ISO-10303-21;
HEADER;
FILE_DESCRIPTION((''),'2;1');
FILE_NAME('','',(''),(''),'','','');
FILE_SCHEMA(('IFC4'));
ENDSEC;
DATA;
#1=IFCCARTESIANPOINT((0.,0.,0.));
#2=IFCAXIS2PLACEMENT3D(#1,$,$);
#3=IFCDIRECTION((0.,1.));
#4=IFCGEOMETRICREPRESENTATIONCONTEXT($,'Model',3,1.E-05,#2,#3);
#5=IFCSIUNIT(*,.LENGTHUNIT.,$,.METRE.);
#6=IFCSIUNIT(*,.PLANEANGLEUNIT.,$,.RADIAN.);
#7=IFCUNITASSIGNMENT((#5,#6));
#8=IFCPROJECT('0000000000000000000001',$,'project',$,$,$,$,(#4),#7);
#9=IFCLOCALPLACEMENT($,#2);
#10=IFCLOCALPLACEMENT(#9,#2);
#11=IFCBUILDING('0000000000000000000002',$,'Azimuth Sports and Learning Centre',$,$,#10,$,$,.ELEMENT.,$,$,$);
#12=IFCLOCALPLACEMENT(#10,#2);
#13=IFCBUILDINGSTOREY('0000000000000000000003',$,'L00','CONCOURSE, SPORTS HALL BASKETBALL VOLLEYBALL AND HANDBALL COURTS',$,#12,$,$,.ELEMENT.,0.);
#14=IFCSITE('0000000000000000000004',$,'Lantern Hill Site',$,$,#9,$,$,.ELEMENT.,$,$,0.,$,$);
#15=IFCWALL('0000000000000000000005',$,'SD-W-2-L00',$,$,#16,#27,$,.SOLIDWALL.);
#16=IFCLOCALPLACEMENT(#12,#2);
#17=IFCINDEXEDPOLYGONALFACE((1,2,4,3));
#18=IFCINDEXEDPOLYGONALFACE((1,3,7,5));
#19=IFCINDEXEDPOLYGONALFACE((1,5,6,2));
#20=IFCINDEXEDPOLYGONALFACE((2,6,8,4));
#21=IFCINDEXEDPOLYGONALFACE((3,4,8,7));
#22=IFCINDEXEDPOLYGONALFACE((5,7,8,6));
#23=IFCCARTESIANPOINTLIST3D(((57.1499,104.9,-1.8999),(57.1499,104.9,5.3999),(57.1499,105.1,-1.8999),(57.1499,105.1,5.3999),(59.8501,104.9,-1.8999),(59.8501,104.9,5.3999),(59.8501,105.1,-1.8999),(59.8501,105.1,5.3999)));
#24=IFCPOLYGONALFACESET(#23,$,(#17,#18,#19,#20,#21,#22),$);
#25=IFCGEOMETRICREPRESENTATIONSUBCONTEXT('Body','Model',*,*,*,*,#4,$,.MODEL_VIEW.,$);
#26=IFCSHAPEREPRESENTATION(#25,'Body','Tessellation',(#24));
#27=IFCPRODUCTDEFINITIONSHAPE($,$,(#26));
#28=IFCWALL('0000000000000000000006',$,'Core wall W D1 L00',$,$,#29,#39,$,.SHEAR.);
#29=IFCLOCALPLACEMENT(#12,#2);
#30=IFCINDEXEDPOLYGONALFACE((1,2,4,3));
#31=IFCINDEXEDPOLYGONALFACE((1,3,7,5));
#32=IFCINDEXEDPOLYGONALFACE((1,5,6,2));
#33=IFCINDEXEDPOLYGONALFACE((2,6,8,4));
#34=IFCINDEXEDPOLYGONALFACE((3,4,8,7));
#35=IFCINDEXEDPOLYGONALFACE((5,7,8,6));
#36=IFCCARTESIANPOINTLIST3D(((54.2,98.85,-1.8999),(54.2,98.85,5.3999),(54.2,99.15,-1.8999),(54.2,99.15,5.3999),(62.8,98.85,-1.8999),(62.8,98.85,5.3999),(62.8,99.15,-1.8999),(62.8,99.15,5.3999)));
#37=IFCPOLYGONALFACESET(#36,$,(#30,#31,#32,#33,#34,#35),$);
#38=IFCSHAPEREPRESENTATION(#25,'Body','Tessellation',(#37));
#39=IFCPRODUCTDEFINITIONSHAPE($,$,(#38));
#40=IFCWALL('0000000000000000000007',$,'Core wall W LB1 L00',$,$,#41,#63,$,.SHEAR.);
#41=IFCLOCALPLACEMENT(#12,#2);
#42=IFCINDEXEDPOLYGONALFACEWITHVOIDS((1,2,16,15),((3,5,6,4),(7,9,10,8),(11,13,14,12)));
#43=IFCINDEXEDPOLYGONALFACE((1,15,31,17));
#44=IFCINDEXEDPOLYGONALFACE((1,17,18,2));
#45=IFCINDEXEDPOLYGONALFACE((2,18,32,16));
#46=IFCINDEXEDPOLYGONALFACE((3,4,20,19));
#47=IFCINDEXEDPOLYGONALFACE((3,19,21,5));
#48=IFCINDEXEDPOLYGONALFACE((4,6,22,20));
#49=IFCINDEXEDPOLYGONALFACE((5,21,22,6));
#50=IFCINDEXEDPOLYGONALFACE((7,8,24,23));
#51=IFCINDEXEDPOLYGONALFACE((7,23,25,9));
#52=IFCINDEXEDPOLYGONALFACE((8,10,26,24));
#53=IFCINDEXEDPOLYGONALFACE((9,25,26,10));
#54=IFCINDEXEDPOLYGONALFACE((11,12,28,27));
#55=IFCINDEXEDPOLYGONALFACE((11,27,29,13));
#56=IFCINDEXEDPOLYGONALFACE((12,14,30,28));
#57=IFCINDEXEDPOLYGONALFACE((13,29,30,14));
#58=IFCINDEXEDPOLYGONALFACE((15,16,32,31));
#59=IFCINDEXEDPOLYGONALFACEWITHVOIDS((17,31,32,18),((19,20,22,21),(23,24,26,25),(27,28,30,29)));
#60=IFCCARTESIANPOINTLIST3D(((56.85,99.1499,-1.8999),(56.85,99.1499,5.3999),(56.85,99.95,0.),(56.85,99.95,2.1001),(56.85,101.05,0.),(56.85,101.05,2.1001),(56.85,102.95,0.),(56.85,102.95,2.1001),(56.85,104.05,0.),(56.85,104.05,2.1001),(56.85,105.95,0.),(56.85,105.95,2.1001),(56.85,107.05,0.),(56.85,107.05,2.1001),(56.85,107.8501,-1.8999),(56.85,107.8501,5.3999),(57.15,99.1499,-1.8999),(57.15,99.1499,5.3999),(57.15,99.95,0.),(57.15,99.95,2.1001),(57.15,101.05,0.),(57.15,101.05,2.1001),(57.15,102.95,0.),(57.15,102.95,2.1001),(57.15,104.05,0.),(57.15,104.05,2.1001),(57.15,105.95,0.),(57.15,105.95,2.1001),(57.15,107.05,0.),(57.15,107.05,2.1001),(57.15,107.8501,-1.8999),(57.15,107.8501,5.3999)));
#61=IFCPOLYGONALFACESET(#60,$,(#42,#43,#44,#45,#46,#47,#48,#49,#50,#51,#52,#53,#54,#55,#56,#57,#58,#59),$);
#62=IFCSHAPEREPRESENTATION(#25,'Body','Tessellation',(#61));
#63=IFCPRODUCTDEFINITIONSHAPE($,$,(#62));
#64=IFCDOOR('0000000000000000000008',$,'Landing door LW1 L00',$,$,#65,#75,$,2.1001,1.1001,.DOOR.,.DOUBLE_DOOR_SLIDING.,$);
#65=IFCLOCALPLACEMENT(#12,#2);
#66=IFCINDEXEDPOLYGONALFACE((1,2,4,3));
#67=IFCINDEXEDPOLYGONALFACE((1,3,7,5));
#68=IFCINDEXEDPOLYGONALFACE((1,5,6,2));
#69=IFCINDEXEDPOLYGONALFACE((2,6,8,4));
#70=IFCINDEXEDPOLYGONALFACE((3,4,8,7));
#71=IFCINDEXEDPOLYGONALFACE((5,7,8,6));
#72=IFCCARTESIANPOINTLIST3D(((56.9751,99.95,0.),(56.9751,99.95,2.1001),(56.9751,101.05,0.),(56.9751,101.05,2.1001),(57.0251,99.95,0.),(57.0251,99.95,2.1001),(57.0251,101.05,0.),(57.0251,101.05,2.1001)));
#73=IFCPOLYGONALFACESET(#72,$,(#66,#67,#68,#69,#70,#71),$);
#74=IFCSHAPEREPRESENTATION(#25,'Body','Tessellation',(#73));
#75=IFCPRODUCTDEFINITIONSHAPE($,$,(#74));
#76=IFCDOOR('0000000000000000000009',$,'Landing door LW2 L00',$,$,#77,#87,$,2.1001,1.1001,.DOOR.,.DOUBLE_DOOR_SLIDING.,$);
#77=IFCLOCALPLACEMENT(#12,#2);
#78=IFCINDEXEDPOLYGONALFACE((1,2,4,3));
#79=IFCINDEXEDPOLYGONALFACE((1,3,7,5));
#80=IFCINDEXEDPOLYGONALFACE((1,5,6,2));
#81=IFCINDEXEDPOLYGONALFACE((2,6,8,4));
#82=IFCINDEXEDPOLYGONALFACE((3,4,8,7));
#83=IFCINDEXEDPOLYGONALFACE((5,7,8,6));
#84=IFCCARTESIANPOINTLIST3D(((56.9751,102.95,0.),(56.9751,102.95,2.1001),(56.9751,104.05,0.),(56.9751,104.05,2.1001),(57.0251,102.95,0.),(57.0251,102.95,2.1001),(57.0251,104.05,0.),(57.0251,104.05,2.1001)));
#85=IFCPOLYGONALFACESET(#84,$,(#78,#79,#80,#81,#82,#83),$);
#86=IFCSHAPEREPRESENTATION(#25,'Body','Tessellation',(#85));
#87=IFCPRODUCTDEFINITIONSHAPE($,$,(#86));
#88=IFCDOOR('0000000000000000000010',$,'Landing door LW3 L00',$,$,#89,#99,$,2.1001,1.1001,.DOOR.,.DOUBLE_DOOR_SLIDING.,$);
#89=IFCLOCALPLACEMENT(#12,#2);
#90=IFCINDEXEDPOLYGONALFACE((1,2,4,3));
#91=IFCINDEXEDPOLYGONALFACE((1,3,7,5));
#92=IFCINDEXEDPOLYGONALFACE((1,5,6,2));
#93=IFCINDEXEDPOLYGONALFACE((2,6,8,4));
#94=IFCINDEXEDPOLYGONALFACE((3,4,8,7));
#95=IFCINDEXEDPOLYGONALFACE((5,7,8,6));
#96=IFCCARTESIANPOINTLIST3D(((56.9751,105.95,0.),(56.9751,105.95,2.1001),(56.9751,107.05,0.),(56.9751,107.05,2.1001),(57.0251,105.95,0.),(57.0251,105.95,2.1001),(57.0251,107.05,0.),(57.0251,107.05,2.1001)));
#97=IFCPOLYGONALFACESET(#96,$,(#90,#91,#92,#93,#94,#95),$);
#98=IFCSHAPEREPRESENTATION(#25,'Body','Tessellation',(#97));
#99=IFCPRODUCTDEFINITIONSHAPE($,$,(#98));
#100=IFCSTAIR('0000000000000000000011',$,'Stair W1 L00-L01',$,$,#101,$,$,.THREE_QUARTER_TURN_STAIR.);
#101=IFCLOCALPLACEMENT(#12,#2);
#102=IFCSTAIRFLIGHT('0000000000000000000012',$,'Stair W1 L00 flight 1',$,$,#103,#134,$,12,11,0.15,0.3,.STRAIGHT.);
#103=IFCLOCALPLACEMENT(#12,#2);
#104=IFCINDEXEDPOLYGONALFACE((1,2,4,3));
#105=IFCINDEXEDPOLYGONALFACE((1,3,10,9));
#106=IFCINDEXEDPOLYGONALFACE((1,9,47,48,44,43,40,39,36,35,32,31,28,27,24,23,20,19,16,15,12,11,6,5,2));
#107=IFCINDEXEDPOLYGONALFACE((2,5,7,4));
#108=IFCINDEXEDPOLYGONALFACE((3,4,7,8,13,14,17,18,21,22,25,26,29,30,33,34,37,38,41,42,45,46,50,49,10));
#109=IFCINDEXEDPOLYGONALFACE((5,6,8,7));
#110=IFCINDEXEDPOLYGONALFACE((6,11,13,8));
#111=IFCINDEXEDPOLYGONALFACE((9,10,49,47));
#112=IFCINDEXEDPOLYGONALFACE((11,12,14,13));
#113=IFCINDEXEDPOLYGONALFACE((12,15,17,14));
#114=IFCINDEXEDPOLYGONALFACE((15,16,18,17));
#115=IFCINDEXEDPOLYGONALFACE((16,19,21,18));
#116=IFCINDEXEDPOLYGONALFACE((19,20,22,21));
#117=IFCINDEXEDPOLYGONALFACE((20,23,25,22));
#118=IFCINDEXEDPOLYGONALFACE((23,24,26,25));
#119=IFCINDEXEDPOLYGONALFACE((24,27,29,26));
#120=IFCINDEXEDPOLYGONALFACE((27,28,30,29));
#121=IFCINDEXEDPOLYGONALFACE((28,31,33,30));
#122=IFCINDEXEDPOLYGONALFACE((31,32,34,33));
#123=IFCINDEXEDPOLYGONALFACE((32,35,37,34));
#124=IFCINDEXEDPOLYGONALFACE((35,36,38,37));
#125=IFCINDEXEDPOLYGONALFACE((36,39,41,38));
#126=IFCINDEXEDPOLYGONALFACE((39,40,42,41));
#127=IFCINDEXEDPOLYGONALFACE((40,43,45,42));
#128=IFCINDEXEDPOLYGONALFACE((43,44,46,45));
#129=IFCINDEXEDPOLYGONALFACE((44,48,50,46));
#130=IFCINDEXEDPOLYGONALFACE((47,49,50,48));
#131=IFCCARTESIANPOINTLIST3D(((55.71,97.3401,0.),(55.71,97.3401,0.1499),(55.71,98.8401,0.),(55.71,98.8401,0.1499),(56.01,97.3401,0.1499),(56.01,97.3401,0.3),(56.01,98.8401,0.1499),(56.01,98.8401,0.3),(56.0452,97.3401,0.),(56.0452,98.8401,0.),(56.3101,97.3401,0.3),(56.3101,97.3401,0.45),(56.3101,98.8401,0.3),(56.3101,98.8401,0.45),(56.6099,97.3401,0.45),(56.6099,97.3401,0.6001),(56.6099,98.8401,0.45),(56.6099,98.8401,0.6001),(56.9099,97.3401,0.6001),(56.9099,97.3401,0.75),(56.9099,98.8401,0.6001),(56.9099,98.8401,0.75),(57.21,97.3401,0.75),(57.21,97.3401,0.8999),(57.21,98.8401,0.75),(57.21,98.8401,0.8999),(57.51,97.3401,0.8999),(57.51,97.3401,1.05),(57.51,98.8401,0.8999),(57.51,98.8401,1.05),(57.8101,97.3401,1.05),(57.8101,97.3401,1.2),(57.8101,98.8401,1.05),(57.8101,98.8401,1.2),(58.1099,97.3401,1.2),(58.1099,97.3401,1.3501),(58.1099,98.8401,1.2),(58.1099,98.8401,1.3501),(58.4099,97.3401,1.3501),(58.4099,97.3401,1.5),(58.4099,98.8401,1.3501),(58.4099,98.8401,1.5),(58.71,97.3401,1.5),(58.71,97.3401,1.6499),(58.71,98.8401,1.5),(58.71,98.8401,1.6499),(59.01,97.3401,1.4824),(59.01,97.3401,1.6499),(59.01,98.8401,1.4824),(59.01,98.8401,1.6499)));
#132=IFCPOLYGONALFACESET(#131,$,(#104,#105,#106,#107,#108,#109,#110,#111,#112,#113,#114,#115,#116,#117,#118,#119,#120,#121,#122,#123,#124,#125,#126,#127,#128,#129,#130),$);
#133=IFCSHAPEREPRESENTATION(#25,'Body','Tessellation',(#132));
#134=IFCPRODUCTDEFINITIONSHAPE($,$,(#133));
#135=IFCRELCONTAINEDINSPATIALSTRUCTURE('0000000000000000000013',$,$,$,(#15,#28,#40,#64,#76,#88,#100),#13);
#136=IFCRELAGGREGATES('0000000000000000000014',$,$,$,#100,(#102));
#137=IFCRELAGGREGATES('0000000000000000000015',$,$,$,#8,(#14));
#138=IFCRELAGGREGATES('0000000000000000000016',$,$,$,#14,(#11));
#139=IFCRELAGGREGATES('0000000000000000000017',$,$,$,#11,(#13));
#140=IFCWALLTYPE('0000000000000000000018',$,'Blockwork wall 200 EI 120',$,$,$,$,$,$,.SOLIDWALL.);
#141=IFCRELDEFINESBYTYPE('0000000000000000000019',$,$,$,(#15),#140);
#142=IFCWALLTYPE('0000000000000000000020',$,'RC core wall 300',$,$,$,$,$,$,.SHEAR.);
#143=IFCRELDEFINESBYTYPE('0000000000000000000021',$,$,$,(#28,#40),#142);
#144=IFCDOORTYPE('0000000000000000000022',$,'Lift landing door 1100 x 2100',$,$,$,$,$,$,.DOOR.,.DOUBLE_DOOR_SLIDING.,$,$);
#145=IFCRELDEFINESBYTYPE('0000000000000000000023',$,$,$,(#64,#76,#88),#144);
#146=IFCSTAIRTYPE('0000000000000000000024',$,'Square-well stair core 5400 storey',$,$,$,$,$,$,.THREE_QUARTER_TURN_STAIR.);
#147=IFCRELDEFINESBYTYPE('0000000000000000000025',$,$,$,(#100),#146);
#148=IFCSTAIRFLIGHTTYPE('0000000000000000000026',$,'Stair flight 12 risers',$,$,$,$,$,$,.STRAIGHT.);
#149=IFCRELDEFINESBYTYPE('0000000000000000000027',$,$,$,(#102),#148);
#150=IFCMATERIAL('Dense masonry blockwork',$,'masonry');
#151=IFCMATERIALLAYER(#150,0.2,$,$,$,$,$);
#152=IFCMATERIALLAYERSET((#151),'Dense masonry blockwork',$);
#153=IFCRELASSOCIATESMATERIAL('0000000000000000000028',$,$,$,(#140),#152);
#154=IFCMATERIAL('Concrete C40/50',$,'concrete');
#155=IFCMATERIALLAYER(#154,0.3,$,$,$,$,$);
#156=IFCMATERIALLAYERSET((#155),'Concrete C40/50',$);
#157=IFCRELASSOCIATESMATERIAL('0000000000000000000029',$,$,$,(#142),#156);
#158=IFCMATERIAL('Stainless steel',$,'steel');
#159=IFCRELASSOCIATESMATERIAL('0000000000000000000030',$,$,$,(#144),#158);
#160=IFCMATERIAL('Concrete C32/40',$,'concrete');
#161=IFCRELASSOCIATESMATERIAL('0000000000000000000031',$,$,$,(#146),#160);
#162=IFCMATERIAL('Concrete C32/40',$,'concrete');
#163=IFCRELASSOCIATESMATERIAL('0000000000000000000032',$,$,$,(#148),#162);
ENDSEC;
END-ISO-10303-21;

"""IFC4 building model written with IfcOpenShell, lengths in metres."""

from ifc_helpers import new_model, si_unit, direction, frame, frame_2d, origin, place, context, subcontext, project, spatial, polyline, rectangle, outline, extrude, material, layer, layer_set, type_object, element, fill, aggregate, save


model = new_model("IFC4")

# Units and contexts
model_context = context("Model", 3, precision=1e-05, world=origin(), true_north=direction((0.0, 1.0)))
body_context = subcontext(model_context, "Body", "Model", "MODEL_VIEW")
ifc_project = project(units=[si_unit("LENGTHUNIT", "METRE"), si_unit("PLANEANGLEUNIT", "RADIAN")], contexts=[model_context])

# Site, building, storey
site_placement = place(None, origin())
site = spatial("IfcSite", under=ifc_project, at=site_placement, Name="Lantern Hill Site", CompositionType="ELEMENT", RefElevation=0.0)
building_placement = place(site_placement, origin())
building = spatial("IfcBuilding", under=site, at=building_placement, Name="Azimuth Sports and Learning Centre", CompositionType="ELEMENT")
storey_placement = place(building_placement, origin())
storey = spatial("IfcBuildingStorey", under=building, at=storey_placement, Name="L00", Description="CONCOURSE, SPORTS HALL BASKETBALL VOLLEYBALL AND HANDBALL COURTS", CompositionType="ELEMENT", Elevation=0.0)

# Walls
ifc_material_1 = material(Name="Dense masonry blockwork", Category="masonry")
ifc_layer_1 = layer(ifc_material_1, 0.2)
ifc_layer_set_1 = layer_set([ifc_layer_1], Name="Dense masonry blockwork")
wall_type_1 = type_object("IfcWallType", Name="Blockwork wall 200 EI 120", PredefinedType="SOLIDWALL", material=ifc_layer_set_1)
for number, where, z_axis, x_axis, name in (
    (1, (57.1499, 105.0, -1.8999), (0.0, 0.0, 1.0), (1.0, 0.0, 0.0), "SD-W-2-L00"),
):
    element("IfcWall", number, at=place(storey_placement, frame(where, z_axis=z_axis, x_axis=x_axis)), inside=storey, type_object=wall_type_1, Name=name, PredefinedType="SOLIDWALL", context=body_context, shape_type="SweptSolid", body=[
        extrude(rectangle(XDim=2.7002, YDim=0.2, at=frame_2d((1.3501, 0.0))), origin(), (0.0, 0.0, 1.0), 7.2998),
    ])
ifc_material_2 = material(Name="Concrete C40/50", Category="concrete")
ifc_layer_2 = layer(ifc_material_2, 0.3)
ifc_layer_set_2 = layer_set([ifc_layer_2], Name="Concrete C40/50")
wall_type_2 = type_object("IfcWallType", Name="RC core wall 300", PredefinedType="SHEAR", material=ifc_layer_set_2)
wall_1_placement = place(storey_placement, frame((54.2, 99.0, -1.8999), z_axis=(0.0, 0.0, 1.0), x_axis=(1.0, 0.0, 0.0)))
element("IfcWall", 2, at=wall_1_placement, inside=storey, type_object=wall_type_2, Name="Core wall W D1 L00", PredefinedType="SHEAR", context=body_context, shape_type="SweptSolid", body=[
    extrude(rectangle(XDim=8.6001, YDim=0.3, at=frame_2d((4.3, 0.0))), origin(), (0.0, 0.0, 1.0), 7.2998),
])

# Wall, openings, doors
wall_2_placement = place(storey_placement, frame((57.0, 99.1499, -1.8999), z_axis=(0.0, 0.0, 1.0), x_axis=(0.0, 1.0, 0.0)))
wall_2 = element("IfcWall", 3, at=wall_2_placement, inside=storey, type_object=wall_type_2, Name="Core wall W LB1 L00", PredefinedType="SHEAR", context=body_context, shape_type="SweptSolid", body=[
    extrude(rectangle(XDim=8.7002, YDim=0.3, at=frame_2d((4.3501, 0.0))), origin(), (0.0, 0.0, 1.0), 7.2998),
])
opening_1_placement = place(wall_2_placement, frame((0.8, 0.0, 1.8999)))
opening_1 = element("IfcOpeningElement", 4, at=opening_1_placement, cuts=wall_2, PredefinedType="OPENING", context=body_context, shape_type="SweptSolid", body=[
    extrude(rectangle(XDim=1.1001, YDim=2.1001, at=frame_2d((0.55, 1.05))), frame((0.0, 0.1611, 0.0), z_axis=(0.0, -1.0, 0.0), x_axis=(1.0, 0.0, 0.0)), (0.0, 0.0, 1.0), 0.322),
])
opening_2_placement = place(wall_2_placement, frame((3.8, 0.0, 1.8999)))
opening_2 = element("IfcOpeningElement", 5, at=opening_2_placement, cuts=wall_2, PredefinedType="OPENING", context=body_context, shape_type="SweptSolid", body=[
    extrude(rectangle(XDim=1.1001, YDim=2.1001, at=frame_2d((0.55, 1.05))), frame((0.0, 0.1611, 0.0), z_axis=(0.0, -1.0, 0.0), x_axis=(1.0, 0.0, 0.0)), (0.0, 0.0, 1.0), 0.322),
])
opening_3_placement = place(wall_2_placement, frame((6.8, 0.0, 1.8999)))
opening_3 = element("IfcOpeningElement", 6, at=opening_3_placement, cuts=wall_2, PredefinedType="OPENING", context=body_context, shape_type="SweptSolid", body=[
    extrude(rectangle(XDim=1.1001, YDim=2.1001, at=frame_2d((0.55, 1.05))), frame((0.0, 0.1611, 0.0), z_axis=(0.0, -1.0, 0.0), x_axis=(1.0, 0.0, 0.0)), (0.0, 0.0, 1.0), 0.322),
])
ifc_material_3 = material(Name="Stainless steel", Category="steel")
door_type = type_object("IfcDoorType", Name="Lift landing door 1100 x 2100", OperationType="DOUBLE_DOOR_SLIDING", PredefinedType="DOOR", material=ifc_material_3)
door_1_placement = place(opening_1_placement, origin())
door_1 = element("IfcDoor", 7, at=door_1_placement, inside=storey, type_object=door_type, Name="Landing door LW1 L00", OperationType="DOUBLE_DOOR_SLIDING", OverallHeight=2.1001, OverallWidth=1.1001, PredefinedType="DOOR", context=body_context, shape_type="SweptSolid", body=[
    extrude(rectangle(XDim=1.1001, YDim=2.1001, at=frame_2d((0.55, 1.05))), frame((0.0, 0.0249, 0.0), z_axis=(0.0, -1.0, 0.0), x_axis=(1.0, 0.0, 0.0)), (0.0, 0.0, 1.0), 0.05),
])
fill(opening_1, door_1)
door_2_placement = place(opening_2_placement, origin())
door_2 = element("IfcDoor", 8, at=door_2_placement, inside=storey, type_object=door_type, Name="Landing door LW2 L00", OperationType="DOUBLE_DOOR_SLIDING", OverallHeight=2.1001, OverallWidth=1.1001, PredefinedType="DOOR", context=body_context, shape_type="SweptSolid", body=[
    extrude(rectangle(XDim=1.1001, YDim=2.1001, at=frame_2d((0.55, 1.05))), frame((0.0, 0.0249, 0.0), z_axis=(0.0, -1.0, 0.0), x_axis=(1.0, 0.0, 0.0)), (0.0, 0.0, 1.0), 0.05),
])
fill(opening_2, door_2)
door_3_placement = place(opening_3_placement, origin())
door_3 = element("IfcDoor", 9, at=door_3_placement, inside=storey, type_object=door_type, Name="Landing door LW3 L00", OperationType="DOUBLE_DOOR_SLIDING", OverallHeight=2.1001, OverallWidth=1.1001, PredefinedType="DOOR", context=body_context, shape_type="SweptSolid", body=[
    extrude(rectangle(XDim=1.1001, YDim=2.1001, at=frame_2d((0.55, 1.05))), frame((0.0, 0.0249, 0.0), z_axis=(0.0, -1.0, 0.0), x_axis=(1.0, 0.0, 0.0)), (0.0, 0.0, 1.0), 0.05),
])
fill(opening_3, door_3)

# Stair, stair flight
ifc_material_4 = material(Name="Concrete C32/40", Category="concrete")
stair_type = type_object("IfcStairType", Name="Square-well stair core 5400 storey", PredefinedType="THREE_QUARTER_TURN_STAIR", material=ifc_material_4)
stair_placement = place(storey_placement, origin())
stair = element("IfcStair", 10, at=stair_placement, inside=storey, type_object=stair_type, Name="Stair W1 L00-L01", PredefinedType="THREE_QUARTER_TURN_STAIR")
ifc_material_5 = material(Name="Concrete C32/40", Category="concrete")
stair_flight_type = type_object("IfcStairFlightType", Name="Stair flight 12 risers", PredefinedType="STRAIGHT", material=ifc_material_5)
stair_flight_placement = place(storey_placement, frame((55.71, 98.0901, 0.0), z_axis=(0.0, 0.0, 1.0), x_axis=(1.0, 0.0, 0.0)))
stair_flight = element("IfcStairFlight", 11, at=stair_flight_placement, type_object=stair_flight_type, Name="Stair W1 L00 flight 1", NumberOfRisers=12, NumberOfTreads=11, PredefinedType="STRAIGHT", RiserHeight=0.15, TreadLength=0.3, context=body_context, shape_type="SweptSolid", body=[
    extrude(outline(polyline([(0.0, 0.0), (0.0, 0.1499), (0.3, 0.1499), (0.3, 0.3), (0.6001, 0.3), (0.6001, 0.45), (0.8999, 0.45), (0.8999, 0.6001), (1.2, 0.6001), (1.2, 0.75), (1.5, 0.75), (1.5, 0.8999), (1.8, 0.8999), (1.8, 1.05), (2.1001, 1.05), (2.1001, 1.2), (2.3999, 1.2), (2.3999, 1.3501), (2.7, 1.3501), (2.7, 1.5), (3.0, 1.5), (3.0, 1.6499), (3.3, 1.6499), (3.3, 1.8), (3.3, 1.4824), (0.3352, 0.0), (0.0, 0.0)])), frame((0.0, 0.75, 0.0), z_axis=(0.0, -1.0, 0.0), x_axis=(1.0, 0.0, 0.0)), (0.0, 0.0, 1.0), 1.5),
])
aggregate(stair, [stair_flight])

save(model, "model.ifc")
